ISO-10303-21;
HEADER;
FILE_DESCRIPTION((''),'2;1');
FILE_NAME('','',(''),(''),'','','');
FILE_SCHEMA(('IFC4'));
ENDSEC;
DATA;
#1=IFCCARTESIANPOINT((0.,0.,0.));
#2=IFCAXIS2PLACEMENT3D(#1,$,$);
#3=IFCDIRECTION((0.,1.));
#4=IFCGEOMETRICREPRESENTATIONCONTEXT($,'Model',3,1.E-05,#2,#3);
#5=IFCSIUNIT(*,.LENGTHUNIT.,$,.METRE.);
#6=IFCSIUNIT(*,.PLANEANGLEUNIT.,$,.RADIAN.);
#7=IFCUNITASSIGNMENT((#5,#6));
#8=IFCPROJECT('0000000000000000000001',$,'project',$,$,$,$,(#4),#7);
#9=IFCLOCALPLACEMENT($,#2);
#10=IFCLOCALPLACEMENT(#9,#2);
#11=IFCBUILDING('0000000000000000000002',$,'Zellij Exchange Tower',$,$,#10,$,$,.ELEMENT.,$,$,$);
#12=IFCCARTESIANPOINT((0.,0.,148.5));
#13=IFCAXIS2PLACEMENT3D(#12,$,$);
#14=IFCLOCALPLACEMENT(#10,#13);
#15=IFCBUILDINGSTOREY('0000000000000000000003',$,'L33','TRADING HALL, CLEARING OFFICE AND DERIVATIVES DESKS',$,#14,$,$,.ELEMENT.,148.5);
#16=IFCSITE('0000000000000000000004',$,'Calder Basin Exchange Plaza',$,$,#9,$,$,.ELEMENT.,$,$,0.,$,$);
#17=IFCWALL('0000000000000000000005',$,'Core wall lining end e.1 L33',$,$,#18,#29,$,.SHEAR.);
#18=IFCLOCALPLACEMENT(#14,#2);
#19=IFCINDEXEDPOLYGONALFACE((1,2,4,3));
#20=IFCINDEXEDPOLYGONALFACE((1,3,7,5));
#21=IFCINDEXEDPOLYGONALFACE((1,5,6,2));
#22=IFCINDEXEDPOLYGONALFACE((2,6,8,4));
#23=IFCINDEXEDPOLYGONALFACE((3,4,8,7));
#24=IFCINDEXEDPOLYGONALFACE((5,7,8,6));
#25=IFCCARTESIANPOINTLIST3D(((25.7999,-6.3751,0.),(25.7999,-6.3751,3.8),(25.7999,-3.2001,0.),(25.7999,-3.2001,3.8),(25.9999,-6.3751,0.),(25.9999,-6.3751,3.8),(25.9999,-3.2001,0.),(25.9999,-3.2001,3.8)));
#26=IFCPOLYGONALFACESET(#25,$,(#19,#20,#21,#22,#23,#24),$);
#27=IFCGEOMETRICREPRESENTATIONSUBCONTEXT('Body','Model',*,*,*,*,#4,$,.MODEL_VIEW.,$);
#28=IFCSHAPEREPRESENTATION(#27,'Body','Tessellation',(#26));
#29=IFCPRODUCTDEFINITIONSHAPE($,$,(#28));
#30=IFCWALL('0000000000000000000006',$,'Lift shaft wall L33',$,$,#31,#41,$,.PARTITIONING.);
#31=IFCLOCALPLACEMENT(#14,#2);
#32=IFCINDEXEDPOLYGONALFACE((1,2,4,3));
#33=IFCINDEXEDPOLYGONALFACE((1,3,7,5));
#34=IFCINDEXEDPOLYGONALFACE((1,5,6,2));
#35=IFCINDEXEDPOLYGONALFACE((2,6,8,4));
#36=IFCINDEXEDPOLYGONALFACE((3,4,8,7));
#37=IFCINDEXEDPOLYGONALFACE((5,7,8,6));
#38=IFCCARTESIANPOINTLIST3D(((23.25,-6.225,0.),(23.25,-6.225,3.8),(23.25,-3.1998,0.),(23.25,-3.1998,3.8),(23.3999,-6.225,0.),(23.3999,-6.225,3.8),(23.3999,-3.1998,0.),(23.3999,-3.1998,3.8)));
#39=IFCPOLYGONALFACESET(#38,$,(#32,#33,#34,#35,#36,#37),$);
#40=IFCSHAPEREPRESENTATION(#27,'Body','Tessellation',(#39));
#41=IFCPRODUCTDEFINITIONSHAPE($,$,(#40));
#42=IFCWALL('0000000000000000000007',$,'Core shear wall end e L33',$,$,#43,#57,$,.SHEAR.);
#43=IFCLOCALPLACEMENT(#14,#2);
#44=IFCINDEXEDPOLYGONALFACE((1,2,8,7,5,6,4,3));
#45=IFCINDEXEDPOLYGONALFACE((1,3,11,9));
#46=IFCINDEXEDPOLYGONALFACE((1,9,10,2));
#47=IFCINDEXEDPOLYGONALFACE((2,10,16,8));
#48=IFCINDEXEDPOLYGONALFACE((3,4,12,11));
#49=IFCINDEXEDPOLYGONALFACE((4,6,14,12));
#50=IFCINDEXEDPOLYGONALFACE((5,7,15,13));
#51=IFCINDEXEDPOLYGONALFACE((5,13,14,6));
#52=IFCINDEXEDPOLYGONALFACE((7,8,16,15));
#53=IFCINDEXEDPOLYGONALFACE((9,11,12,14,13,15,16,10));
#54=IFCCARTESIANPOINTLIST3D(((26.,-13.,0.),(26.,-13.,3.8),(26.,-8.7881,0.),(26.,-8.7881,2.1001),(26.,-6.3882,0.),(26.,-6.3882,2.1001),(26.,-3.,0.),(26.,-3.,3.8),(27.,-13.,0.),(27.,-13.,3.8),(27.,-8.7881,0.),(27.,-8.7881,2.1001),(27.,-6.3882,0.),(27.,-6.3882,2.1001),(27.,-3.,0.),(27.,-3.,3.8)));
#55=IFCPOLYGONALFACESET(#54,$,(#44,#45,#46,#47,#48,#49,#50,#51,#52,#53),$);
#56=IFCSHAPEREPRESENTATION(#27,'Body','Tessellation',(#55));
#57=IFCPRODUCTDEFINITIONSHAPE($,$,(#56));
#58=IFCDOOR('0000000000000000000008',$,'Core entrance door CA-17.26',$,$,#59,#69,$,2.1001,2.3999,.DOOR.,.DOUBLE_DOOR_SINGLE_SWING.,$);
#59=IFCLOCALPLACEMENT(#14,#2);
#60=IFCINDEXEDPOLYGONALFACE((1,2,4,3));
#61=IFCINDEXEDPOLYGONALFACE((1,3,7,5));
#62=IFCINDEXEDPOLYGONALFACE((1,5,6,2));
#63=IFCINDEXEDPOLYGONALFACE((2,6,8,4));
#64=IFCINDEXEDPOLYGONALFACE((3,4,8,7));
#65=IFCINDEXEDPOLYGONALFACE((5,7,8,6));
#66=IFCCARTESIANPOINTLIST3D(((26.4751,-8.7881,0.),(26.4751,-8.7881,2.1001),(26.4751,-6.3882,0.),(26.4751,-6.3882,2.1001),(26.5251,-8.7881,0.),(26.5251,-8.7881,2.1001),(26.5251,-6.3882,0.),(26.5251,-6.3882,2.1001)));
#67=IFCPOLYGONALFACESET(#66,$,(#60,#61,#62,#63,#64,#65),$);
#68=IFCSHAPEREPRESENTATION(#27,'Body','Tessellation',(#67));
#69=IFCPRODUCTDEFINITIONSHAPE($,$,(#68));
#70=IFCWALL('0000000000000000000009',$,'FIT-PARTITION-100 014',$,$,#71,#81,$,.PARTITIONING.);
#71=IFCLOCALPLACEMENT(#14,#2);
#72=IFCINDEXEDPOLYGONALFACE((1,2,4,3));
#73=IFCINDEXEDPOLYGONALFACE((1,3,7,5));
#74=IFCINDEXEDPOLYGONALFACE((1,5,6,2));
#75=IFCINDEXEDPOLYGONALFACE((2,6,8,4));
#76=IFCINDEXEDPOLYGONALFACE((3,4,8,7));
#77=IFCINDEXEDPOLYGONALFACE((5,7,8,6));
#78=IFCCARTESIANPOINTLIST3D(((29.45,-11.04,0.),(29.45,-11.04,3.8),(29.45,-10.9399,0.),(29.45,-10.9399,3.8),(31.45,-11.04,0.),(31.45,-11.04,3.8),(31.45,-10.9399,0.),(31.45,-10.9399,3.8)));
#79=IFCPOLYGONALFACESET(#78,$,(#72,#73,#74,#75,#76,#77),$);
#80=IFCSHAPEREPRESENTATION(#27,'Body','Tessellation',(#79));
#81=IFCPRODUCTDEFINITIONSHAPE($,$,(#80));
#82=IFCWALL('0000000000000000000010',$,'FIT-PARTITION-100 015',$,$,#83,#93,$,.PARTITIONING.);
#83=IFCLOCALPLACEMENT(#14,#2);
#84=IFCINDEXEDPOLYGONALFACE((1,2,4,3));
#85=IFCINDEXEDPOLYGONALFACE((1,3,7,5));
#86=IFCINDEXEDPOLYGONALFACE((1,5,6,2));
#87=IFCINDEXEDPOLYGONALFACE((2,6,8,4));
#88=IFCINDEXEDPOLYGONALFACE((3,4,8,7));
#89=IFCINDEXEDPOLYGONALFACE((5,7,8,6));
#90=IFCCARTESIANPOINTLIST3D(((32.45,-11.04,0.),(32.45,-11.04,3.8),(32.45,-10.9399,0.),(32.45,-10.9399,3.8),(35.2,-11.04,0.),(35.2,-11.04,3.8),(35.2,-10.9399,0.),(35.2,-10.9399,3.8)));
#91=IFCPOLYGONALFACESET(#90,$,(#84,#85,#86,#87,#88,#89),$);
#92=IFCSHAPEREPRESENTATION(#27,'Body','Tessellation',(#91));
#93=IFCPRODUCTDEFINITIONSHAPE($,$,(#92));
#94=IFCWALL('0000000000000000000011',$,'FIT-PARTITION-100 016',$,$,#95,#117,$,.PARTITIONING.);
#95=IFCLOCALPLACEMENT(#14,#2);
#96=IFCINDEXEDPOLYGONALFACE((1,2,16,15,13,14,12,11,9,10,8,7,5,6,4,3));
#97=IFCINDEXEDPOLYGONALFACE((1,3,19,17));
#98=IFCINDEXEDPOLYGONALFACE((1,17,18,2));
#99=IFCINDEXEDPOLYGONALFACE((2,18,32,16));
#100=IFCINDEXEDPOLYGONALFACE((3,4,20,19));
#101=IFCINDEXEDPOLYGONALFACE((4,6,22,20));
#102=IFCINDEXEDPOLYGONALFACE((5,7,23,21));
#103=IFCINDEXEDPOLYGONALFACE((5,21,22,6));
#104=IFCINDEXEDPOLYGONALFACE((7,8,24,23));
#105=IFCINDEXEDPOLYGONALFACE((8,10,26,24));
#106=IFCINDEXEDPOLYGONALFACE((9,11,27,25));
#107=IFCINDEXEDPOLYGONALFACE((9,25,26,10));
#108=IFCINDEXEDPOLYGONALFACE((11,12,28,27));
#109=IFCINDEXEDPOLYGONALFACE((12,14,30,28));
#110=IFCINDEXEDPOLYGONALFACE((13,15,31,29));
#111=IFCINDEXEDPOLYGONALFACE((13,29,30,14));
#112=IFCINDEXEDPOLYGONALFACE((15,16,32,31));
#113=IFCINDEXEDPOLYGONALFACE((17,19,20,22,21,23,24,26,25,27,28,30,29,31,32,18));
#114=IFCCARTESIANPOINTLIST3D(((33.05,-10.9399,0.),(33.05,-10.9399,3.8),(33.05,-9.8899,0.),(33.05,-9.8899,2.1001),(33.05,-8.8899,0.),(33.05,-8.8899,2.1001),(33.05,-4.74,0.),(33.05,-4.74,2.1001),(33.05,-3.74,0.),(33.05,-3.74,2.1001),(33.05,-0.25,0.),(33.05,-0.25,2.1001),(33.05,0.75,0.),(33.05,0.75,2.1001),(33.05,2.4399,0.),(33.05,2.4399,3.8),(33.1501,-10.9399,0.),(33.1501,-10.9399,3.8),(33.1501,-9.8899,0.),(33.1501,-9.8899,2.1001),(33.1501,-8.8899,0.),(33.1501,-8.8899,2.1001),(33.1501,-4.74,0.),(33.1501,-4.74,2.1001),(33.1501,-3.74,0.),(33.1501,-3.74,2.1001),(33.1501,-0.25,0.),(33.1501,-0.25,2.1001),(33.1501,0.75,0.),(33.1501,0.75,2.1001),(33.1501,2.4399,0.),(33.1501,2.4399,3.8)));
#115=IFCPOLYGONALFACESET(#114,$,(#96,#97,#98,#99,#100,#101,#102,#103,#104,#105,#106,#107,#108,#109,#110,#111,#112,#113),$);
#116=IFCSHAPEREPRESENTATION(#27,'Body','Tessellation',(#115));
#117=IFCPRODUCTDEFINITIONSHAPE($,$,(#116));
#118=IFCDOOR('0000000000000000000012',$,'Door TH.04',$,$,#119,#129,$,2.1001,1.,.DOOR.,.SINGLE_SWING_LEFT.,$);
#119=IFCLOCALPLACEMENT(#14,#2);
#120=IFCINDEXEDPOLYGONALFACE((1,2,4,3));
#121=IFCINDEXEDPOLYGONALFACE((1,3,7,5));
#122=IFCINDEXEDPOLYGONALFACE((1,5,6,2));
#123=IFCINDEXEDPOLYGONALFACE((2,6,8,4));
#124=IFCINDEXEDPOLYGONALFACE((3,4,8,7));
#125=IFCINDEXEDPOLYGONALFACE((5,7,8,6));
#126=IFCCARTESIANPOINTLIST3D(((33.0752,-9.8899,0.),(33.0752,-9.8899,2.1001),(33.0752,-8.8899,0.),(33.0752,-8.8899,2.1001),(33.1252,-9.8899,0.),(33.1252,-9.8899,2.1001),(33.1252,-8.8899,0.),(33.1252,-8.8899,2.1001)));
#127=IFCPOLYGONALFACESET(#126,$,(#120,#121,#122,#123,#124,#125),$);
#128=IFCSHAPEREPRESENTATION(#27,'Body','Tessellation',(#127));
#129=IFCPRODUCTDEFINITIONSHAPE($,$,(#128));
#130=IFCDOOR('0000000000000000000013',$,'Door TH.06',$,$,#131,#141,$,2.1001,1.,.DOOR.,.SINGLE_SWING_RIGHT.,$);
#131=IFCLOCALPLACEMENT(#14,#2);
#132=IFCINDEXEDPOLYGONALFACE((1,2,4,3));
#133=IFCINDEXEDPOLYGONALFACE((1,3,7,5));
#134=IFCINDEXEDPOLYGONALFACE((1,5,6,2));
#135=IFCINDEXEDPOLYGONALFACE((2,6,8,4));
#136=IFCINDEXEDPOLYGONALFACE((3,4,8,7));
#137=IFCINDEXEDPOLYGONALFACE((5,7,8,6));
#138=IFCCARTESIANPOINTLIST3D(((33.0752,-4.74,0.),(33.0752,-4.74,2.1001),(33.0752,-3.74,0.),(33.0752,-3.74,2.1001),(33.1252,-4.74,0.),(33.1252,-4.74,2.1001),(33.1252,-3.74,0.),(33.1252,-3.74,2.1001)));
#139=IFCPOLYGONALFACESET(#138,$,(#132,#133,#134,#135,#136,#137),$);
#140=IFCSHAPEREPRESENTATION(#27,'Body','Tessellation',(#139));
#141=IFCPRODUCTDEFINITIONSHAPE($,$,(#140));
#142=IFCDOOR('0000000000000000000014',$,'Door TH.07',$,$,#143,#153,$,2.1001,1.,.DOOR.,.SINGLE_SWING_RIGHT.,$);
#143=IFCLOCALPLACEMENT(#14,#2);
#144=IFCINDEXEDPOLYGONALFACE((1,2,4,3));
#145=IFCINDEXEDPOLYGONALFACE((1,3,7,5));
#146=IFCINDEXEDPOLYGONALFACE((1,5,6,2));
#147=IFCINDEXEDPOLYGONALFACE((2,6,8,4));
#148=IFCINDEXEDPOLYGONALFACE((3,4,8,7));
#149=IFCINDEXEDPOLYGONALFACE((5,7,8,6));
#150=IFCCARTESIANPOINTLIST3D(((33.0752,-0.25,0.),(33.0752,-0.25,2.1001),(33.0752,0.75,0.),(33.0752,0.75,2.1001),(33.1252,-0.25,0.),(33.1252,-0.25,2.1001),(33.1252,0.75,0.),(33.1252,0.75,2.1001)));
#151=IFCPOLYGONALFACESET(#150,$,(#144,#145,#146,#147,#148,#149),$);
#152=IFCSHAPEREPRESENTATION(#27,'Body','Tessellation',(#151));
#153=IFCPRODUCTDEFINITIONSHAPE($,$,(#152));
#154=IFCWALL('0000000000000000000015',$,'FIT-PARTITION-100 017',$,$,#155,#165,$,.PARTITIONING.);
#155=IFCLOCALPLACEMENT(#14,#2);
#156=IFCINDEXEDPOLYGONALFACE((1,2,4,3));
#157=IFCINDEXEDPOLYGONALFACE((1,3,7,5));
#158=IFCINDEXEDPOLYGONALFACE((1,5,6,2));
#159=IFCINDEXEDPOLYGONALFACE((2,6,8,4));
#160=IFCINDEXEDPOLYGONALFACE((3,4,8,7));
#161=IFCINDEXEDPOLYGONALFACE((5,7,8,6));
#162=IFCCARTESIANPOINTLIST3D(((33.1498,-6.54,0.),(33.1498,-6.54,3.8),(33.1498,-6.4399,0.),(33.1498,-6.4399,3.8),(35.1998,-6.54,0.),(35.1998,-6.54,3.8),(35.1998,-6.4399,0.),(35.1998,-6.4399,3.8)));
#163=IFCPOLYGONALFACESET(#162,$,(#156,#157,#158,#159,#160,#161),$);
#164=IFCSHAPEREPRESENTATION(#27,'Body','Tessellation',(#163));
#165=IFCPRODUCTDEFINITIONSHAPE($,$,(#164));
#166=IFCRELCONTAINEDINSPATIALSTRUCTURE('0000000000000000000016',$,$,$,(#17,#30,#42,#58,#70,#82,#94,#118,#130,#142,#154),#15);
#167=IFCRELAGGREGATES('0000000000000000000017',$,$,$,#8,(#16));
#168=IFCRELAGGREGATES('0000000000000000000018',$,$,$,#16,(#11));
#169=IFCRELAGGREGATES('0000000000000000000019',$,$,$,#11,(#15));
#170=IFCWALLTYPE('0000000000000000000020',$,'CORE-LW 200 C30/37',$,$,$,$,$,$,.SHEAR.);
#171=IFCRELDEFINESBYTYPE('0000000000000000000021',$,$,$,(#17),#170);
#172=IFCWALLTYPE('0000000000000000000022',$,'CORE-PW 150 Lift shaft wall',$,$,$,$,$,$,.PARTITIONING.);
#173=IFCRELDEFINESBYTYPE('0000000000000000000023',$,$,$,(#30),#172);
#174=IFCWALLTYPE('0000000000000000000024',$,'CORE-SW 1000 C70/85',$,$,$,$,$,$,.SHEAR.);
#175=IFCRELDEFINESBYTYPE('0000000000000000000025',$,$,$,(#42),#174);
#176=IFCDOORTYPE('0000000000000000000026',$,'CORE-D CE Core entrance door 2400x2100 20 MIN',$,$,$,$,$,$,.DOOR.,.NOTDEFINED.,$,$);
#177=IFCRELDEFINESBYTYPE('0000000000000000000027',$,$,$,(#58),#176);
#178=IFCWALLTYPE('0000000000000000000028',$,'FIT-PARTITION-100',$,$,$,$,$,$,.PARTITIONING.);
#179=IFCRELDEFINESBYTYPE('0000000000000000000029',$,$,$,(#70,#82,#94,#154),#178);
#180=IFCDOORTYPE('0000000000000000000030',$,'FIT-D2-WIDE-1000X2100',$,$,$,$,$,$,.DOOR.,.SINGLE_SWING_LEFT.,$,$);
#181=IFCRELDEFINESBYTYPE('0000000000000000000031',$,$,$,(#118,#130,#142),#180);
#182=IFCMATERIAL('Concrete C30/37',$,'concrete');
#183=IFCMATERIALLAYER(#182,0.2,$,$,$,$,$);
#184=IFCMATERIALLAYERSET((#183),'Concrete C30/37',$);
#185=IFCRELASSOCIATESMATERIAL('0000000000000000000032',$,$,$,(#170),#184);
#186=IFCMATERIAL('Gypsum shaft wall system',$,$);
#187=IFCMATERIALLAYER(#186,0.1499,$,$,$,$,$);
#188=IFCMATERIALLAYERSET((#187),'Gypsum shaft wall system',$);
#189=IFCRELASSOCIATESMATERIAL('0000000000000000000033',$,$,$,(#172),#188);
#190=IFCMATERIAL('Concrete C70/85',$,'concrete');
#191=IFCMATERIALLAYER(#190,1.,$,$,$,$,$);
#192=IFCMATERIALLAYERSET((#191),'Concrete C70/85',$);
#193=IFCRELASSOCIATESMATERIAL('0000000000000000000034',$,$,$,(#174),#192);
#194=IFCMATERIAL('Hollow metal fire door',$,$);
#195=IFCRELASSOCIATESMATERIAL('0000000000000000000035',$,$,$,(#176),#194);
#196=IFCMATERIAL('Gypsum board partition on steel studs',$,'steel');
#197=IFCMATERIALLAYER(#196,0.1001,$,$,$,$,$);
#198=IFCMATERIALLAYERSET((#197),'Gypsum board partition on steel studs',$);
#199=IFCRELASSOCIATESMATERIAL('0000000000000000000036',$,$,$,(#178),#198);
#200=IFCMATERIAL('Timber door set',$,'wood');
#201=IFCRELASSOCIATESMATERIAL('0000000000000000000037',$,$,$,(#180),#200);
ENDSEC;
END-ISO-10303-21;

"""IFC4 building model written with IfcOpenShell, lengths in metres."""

from ifc_helpers import new_model, si_unit, direction, frame, frame_2d, origin, place, context, subcontext, project, spatial, rectangle, extrude, material, layer, layer_set, type_object, element, fill, save


model = new_model("IFC4")

# Units and contexts
model_context = context("Model", 3, precision=1e-05, world=origin(), true_north=direction((0.0, 1.0)))
body_context = subcontext(model_context, "Body", "Model", "MODEL_VIEW")
ifc_project = project(units=[si_unit("LENGTHUNIT", "METRE"), si_unit("PLANEANGLEUNIT", "RADIAN")], contexts=[model_context])

# Site, building, storey
site_placement = place(None, origin())
site = spatial("IfcSite", under=ifc_project, at=site_placement, Name="Calder Basin Exchange Plaza", CompositionType="ELEMENT", RefElevation=0.0)
building_placement = place(site_placement, origin())
building = spatial("IfcBuilding", under=site, at=building_placement, Name="Zellij Exchange Tower", CompositionType="ELEMENT")
storey_placement = place(building_placement, frame((0.0, 0.0, 148.5)))
storey = spatial("IfcBuildingStorey", under=building, at=storey_placement, Name="L33", Description="TRADING HALL, CLEARING OFFICE AND DERIVATIVES DESKS", CompositionType="ELEMENT", Elevation=148.5)

# Shared definitions
ifc_material_1 = material(Name="Concrete C70/85", Category="concrete")

# Walls
ifc_material_2 = material(Name="Concrete C30/37", Category="concrete")
ifc_layer_1 = layer(ifc_material_2, 0.2)
ifc_layer_set_1 = layer_set([ifc_layer_1], Name="Concrete C30/37")
wall_type_1 = type_object("IfcWallType", Name="CORE-LW 200 C30/37", PredefinedType="SHEAR", material=ifc_layer_set_1)
wall_1_placement = place(storey_placement, frame((25.8999, -6.375, 0.0), z_axis=(0.0, 0.0, 1.0), x_axis=(0.0, 1.0, 0.0)))
element("IfcWall", 1, at=wall_1_placement, inside=storey, type_object=wall_type_1, Name="Core wall lining end e.1 L33", PredefinedType="SHEAR", context=body_context, shape_type="SweptSolid", body=[
    extrude(rectangle(XDim=3.175, YDim=0.2, at=frame_2d((1.5874, 0.0))), origin(), (0.0, 0.0, 1.0), 3.8),
])
ifc_material_3 = material(Name="Gypsum shaft wall system")
ifc_layer_2 = layer(ifc_material_3, 0.1499)
ifc_layer_set_2 = layer_set([ifc_layer_2], Name="Gypsum shaft wall system")
wall_type_2 = type_object("IfcWallType", Name="CORE-PW 150 Lift shaft wall", PredefinedType="PARTITIONING", material=ifc_layer_set_2)
wall_2_placement = place(storey_placement, frame((23.325, -6.2251, 0.0), z_axis=(0.0, 0.0, 1.0), x_axis=(0.0, 1.0, 0.0)))
element("IfcWall", 2, at=wall_2_placement, inside=storey, type_object=wall_type_2, Name="Lift shaft wall L33", PredefinedType="PARTITIONING", context=body_context, shape_type="SweptSolid", body=[
    extrude(rectangle(XDim=3.0251, YDim=0.1499, at=frame_2d((1.5127, 0.0))), origin(), (0.0, 0.0, 1.0), 3.8),
])

# Wall, opening, door
ifc_layer_3 = layer(ifc_material_1, 1.0)
ifc_layer_set_3 = layer_set([ifc_layer_3], Name="Concrete C70/85")
wall_type_3 = type_object("IfcWallType", Name="CORE-SW 1000 C70/85", PredefinedType="SHEAR", material=ifc_layer_set_3)
wall_3_placement = place(storey_placement, frame((26.5, -13.0, 0.0), z_axis=(0.0, 0.0, 1.0), x_axis=(0.0, 1.0, 0.0)))
wall_3 = element("IfcWall", 3, at=wall_3_placement, inside=storey, type_object=wall_type_3, Name="Core shear wall end e L33", PredefinedType="SHEAR", context=body_context, shape_type="SweptSolid", body=[
    extrude(rectangle(XDim=10.0, YDim=1.0, at=frame_2d((5.0, 0.0))), origin(), (0.0, 0.0, 1.0), 3.8),
])
opening_1_placement = place(wall_3_placement, frame((4.2119, 0.0, 0.0)))
opening_1 = element("IfcOpeningElement", 4, at=opening_1_placement, cuts=wall_3, PredefinedType="OPENING", context=body_context, shape_type="SweptSolid", body=[
    extrude(rectangle(XDim=2.3999, YDim=2.1001, at=frame_2d((1.2, 1.05))), frame((0.0, 0.512, 0.0), z_axis=(0.0, -1.0, 0.0), x_axis=(1.0, 0.0, 0.0)), (0.0, 0.0, 1.0), 1.0239),
])
ifc_material_4 = material(Name="Hollow metal fire door")
door_type_1 = type_object("IfcDoorType", Name="CORE-D CE Core entrance door 2400x2100 20 MIN", OperationType="NOTDEFINED", PredefinedType="DOOR", material=ifc_material_4)
door_1_placement = place(opening_1_placement, origin())
door_1 = element("IfcDoor", 5, at=door_1_placement, inside=storey, type_object=door_type_1, Name="Core entrance door CA-17.26", OperationType="DOUBLE_DOOR_SINGLE_SWING", OverallHeight=2.1001, OverallWidth=2.3999, PredefinedType="DOOR", context=body_context, shape_type="SweptSolid", body=[
    extrude(rectangle(XDim=2.3999, YDim=2.1001, at=frame_2d((1.2, 1.05))), frame((0.0, 0.0249, 0.0), z_axis=(0.0, -1.0, 0.0), x_axis=(1.0, 0.0, 0.0)), (0.0, 0.0, 1.0), 0.05),
])
fill(opening_1, door_1)

# Walls
ifc_material_5 = material(Name="Gypsum board partition on steel studs", Category="steel")
ifc_layer_4 = layer(ifc_material_5, 0.1001)
ifc_layer_set_4 = layer_set([ifc_layer_4], Name="Gypsum board partition on steel studs")
wall_type_4 = type_object("IfcWallType", Name="FIT-PARTITION-100", PredefinedType="PARTITIONING", material=ifc_layer_set_4)
wall_4_placement = place(storey_placement, frame((29.45, -10.99, 0.0), z_axis=(0.0, 0.0, 1.0), x_axis=(1.0, 0.0, 0.0)))
element("IfcWall", 6, at=wall_4_placement, inside=storey, type_object=wall_type_4, Name="FIT-PARTITION-100 014", PredefinedType="PARTITIONING", context=body_context, shape_type="SweptSolid", body=[
    extrude(rectangle(XDim=2.0, YDim=0.1001, at=frame_2d((1.0, 0.0))), origin(), (0.0, 0.0, 1.0), 3.8),
])
wall_5_placement = place(storey_placement, frame((32.45, -10.99, 0.0), z_axis=(0.0, 0.0, 1.0), x_axis=(1.0, 0.0, 0.0)))
element("IfcWall", 7, at=wall_5_placement, inside=storey, type_object=wall_type_4, Name="FIT-PARTITION-100 015", PredefinedType="PARTITIONING", context=body_context, shape_type="SweptSolid", body=[
    extrude(rectangle(XDim=2.75, YDim=0.1001, at=frame_2d((1.375, 0.0))), origin(), (0.0, 0.0, 1.0), 3.8),
])

# Wall, openings, doors
wall_6_placement = place(storey_placement, frame((33.1001, -10.9399, 0.0), z_axis=(0.0, 0.0, 1.0), x_axis=(0.0, 1.0, 0.0)))
wall_6 = element("IfcWall", 8, at=wall_6_placement, inside=storey, type_object=wall_type_4, Name="FIT-PARTITION-100 016", PredefinedType="PARTITIONING", context=body_context, shape_type="SweptSolid", body=[
    extrude(rectangle(XDim=13.3799, YDim=0.1001, at=frame_2d((6.6899, 0.0))), origin(), (0.0, 0.0, 1.0), 3.8),
])
opening_2_placement = place(wall_6_placement, frame((1.05, 0.0, 0.0)))
opening_2 = element("IfcOpeningElement", 9, at=opening_2_placement, cuts=wall_6, PredefinedType="OPENING", context=body_context, shape_type="SweptSolid", body=[
    extrude(rectangle(XDim=1.0, YDim=2.1001, at=frame_2d((0.5, 1.05))), frame((0.0, 0.062, 0.0), z_axis=(0.0, -1.0, 0.0), x_axis=(1.0, 0.0, 0.0)), (0.0, 0.0, 1.0), 0.124),
])
opening_3_placement = place(wall_6_placement, frame((6.2, 0.0, 0.0)))
opening_3 = element("IfcOpeningElement", 10, at=opening_3_placement, cuts=wall_6, PredefinedType="OPENING", context=body_context, shape_type="SweptSolid", body=[
    extrude(rectangle(XDim=1.0, YDim=2.1001, at=frame_2d((0.5, 1.05))), frame((0.0, 0.062, 0.0), z_axis=(0.0, -1.0, 0.0), x_axis=(1.0, 0.0, 0.0)), (0.0, 0.0, 1.0), 0.124),
])
opening_4_placement = place(wall_6_placement, frame((10.6899, 0.0, 0.0)))
opening_4 = element("IfcOpeningElement", 11, at=opening_4_placement, cuts=wall_6, PredefinedType="OPENING", context=body_context, shape_type="SweptSolid", body=[
    extrude(rectangle(XDim=1.0, YDim=2.1001, at=frame_2d((0.5, 1.05))), frame((0.0, 0.062, 0.0), z_axis=(0.0, -1.0, 0.0), x_axis=(1.0, 0.0, 0.0)), (0.0, 0.0, 1.0), 0.124),
])
ifc_material_6 = material(Name="Timber door set", Category="wood")
door_type_2 = type_object("IfcDoorType", Name="FIT-D2-WIDE-1000X2100", OperationType="SINGLE_SWING_LEFT", PredefinedType="DOOR", material=ifc_material_6)
door_2_placement = place(opening_2_placement, origin())
door_2 = element("IfcDoor", 12, at=door_2_placement, inside=storey, type_object=door_type_2, Name="Door TH.04", OperationType="SINGLE_SWING_LEFT", OverallHeight=2.1001, OverallWidth=1.0, PredefinedType="DOOR", context=body_context, shape_type="SweptSolid", body=[
    extrude(rectangle(XDim=1.0, YDim=2.1001, at=frame_2d((0.5, 1.05))), frame((0.0, 0.0249, 0.0), z_axis=(0.0, -1.0, 0.0), x_axis=(1.0, 0.0, 0.0)), (0.0, 0.0, 1.0), 0.05),
])
fill(opening_2, door_2)
door_3_placement = place(opening_3_placement, origin())
door_3 = element("IfcDoor", 13, at=door_3_placement, inside=storey, type_object=door_type_2, Name="Door TH.06", OperationType="SINGLE_SWING_RIGHT", OverallHeight=2.1001, OverallWidth=1.0, PredefinedType="DOOR", context=body_context, shape_type="SweptSolid", body=[
    extrude(rectangle(XDim=1.0, YDim=2.1001, at=frame_2d((0.5, 1.05))), frame((0.0, 0.0249, 0.0), z_axis=(0.0, -1.0, 0.0), x_axis=(1.0, 0.0, 0.0)), (0.0, 0.0, 1.0), 0.05),
])
fill(opening_3, door_3)
door_4_placement = place(opening_4_placement, origin())
door_4 = element("IfcDoor", 14, at=door_4_placement, inside=storey, type_object=door_type_2, Name="Door TH.07", OperationType="SINGLE_SWING_RIGHT", OverallHeight=2.1001, OverallWidth=1.0, PredefinedType="DOOR", context=body_context, shape_type="SweptSolid", body=[
    extrude(rectangle(XDim=1.0, YDim=2.1001, at=frame_2d((0.5, 1.05))), frame((0.0, 0.0249, 0.0), z_axis=(0.0, -1.0, 0.0), x_axis=(1.0, 0.0, 0.0)), (0.0, 0.0, 1.0), 0.05),
])
fill(opening_4, door_4)

# Wall
wall_7_placement = place(storey_placement, frame((33.1499, -6.49, 0.0), z_axis=(0.0, 0.0, 1.0), x_axis=(1.0, 0.0, 0.0)))
element("IfcWall", 15, at=wall_7_placement, inside=storey, type_object=wall_type_4, Name="FIT-PARTITION-100 017", PredefinedType="PARTITIONING", context=body_context, shape_type="SweptSolid", body=[
    extrude(rectangle(XDim=2.05, YDim=0.1001, at=frame_2d((1.0249, 0.0))), origin(), (0.0, 0.0, 1.0), 3.8),
])

save(model, "model.ifc")
